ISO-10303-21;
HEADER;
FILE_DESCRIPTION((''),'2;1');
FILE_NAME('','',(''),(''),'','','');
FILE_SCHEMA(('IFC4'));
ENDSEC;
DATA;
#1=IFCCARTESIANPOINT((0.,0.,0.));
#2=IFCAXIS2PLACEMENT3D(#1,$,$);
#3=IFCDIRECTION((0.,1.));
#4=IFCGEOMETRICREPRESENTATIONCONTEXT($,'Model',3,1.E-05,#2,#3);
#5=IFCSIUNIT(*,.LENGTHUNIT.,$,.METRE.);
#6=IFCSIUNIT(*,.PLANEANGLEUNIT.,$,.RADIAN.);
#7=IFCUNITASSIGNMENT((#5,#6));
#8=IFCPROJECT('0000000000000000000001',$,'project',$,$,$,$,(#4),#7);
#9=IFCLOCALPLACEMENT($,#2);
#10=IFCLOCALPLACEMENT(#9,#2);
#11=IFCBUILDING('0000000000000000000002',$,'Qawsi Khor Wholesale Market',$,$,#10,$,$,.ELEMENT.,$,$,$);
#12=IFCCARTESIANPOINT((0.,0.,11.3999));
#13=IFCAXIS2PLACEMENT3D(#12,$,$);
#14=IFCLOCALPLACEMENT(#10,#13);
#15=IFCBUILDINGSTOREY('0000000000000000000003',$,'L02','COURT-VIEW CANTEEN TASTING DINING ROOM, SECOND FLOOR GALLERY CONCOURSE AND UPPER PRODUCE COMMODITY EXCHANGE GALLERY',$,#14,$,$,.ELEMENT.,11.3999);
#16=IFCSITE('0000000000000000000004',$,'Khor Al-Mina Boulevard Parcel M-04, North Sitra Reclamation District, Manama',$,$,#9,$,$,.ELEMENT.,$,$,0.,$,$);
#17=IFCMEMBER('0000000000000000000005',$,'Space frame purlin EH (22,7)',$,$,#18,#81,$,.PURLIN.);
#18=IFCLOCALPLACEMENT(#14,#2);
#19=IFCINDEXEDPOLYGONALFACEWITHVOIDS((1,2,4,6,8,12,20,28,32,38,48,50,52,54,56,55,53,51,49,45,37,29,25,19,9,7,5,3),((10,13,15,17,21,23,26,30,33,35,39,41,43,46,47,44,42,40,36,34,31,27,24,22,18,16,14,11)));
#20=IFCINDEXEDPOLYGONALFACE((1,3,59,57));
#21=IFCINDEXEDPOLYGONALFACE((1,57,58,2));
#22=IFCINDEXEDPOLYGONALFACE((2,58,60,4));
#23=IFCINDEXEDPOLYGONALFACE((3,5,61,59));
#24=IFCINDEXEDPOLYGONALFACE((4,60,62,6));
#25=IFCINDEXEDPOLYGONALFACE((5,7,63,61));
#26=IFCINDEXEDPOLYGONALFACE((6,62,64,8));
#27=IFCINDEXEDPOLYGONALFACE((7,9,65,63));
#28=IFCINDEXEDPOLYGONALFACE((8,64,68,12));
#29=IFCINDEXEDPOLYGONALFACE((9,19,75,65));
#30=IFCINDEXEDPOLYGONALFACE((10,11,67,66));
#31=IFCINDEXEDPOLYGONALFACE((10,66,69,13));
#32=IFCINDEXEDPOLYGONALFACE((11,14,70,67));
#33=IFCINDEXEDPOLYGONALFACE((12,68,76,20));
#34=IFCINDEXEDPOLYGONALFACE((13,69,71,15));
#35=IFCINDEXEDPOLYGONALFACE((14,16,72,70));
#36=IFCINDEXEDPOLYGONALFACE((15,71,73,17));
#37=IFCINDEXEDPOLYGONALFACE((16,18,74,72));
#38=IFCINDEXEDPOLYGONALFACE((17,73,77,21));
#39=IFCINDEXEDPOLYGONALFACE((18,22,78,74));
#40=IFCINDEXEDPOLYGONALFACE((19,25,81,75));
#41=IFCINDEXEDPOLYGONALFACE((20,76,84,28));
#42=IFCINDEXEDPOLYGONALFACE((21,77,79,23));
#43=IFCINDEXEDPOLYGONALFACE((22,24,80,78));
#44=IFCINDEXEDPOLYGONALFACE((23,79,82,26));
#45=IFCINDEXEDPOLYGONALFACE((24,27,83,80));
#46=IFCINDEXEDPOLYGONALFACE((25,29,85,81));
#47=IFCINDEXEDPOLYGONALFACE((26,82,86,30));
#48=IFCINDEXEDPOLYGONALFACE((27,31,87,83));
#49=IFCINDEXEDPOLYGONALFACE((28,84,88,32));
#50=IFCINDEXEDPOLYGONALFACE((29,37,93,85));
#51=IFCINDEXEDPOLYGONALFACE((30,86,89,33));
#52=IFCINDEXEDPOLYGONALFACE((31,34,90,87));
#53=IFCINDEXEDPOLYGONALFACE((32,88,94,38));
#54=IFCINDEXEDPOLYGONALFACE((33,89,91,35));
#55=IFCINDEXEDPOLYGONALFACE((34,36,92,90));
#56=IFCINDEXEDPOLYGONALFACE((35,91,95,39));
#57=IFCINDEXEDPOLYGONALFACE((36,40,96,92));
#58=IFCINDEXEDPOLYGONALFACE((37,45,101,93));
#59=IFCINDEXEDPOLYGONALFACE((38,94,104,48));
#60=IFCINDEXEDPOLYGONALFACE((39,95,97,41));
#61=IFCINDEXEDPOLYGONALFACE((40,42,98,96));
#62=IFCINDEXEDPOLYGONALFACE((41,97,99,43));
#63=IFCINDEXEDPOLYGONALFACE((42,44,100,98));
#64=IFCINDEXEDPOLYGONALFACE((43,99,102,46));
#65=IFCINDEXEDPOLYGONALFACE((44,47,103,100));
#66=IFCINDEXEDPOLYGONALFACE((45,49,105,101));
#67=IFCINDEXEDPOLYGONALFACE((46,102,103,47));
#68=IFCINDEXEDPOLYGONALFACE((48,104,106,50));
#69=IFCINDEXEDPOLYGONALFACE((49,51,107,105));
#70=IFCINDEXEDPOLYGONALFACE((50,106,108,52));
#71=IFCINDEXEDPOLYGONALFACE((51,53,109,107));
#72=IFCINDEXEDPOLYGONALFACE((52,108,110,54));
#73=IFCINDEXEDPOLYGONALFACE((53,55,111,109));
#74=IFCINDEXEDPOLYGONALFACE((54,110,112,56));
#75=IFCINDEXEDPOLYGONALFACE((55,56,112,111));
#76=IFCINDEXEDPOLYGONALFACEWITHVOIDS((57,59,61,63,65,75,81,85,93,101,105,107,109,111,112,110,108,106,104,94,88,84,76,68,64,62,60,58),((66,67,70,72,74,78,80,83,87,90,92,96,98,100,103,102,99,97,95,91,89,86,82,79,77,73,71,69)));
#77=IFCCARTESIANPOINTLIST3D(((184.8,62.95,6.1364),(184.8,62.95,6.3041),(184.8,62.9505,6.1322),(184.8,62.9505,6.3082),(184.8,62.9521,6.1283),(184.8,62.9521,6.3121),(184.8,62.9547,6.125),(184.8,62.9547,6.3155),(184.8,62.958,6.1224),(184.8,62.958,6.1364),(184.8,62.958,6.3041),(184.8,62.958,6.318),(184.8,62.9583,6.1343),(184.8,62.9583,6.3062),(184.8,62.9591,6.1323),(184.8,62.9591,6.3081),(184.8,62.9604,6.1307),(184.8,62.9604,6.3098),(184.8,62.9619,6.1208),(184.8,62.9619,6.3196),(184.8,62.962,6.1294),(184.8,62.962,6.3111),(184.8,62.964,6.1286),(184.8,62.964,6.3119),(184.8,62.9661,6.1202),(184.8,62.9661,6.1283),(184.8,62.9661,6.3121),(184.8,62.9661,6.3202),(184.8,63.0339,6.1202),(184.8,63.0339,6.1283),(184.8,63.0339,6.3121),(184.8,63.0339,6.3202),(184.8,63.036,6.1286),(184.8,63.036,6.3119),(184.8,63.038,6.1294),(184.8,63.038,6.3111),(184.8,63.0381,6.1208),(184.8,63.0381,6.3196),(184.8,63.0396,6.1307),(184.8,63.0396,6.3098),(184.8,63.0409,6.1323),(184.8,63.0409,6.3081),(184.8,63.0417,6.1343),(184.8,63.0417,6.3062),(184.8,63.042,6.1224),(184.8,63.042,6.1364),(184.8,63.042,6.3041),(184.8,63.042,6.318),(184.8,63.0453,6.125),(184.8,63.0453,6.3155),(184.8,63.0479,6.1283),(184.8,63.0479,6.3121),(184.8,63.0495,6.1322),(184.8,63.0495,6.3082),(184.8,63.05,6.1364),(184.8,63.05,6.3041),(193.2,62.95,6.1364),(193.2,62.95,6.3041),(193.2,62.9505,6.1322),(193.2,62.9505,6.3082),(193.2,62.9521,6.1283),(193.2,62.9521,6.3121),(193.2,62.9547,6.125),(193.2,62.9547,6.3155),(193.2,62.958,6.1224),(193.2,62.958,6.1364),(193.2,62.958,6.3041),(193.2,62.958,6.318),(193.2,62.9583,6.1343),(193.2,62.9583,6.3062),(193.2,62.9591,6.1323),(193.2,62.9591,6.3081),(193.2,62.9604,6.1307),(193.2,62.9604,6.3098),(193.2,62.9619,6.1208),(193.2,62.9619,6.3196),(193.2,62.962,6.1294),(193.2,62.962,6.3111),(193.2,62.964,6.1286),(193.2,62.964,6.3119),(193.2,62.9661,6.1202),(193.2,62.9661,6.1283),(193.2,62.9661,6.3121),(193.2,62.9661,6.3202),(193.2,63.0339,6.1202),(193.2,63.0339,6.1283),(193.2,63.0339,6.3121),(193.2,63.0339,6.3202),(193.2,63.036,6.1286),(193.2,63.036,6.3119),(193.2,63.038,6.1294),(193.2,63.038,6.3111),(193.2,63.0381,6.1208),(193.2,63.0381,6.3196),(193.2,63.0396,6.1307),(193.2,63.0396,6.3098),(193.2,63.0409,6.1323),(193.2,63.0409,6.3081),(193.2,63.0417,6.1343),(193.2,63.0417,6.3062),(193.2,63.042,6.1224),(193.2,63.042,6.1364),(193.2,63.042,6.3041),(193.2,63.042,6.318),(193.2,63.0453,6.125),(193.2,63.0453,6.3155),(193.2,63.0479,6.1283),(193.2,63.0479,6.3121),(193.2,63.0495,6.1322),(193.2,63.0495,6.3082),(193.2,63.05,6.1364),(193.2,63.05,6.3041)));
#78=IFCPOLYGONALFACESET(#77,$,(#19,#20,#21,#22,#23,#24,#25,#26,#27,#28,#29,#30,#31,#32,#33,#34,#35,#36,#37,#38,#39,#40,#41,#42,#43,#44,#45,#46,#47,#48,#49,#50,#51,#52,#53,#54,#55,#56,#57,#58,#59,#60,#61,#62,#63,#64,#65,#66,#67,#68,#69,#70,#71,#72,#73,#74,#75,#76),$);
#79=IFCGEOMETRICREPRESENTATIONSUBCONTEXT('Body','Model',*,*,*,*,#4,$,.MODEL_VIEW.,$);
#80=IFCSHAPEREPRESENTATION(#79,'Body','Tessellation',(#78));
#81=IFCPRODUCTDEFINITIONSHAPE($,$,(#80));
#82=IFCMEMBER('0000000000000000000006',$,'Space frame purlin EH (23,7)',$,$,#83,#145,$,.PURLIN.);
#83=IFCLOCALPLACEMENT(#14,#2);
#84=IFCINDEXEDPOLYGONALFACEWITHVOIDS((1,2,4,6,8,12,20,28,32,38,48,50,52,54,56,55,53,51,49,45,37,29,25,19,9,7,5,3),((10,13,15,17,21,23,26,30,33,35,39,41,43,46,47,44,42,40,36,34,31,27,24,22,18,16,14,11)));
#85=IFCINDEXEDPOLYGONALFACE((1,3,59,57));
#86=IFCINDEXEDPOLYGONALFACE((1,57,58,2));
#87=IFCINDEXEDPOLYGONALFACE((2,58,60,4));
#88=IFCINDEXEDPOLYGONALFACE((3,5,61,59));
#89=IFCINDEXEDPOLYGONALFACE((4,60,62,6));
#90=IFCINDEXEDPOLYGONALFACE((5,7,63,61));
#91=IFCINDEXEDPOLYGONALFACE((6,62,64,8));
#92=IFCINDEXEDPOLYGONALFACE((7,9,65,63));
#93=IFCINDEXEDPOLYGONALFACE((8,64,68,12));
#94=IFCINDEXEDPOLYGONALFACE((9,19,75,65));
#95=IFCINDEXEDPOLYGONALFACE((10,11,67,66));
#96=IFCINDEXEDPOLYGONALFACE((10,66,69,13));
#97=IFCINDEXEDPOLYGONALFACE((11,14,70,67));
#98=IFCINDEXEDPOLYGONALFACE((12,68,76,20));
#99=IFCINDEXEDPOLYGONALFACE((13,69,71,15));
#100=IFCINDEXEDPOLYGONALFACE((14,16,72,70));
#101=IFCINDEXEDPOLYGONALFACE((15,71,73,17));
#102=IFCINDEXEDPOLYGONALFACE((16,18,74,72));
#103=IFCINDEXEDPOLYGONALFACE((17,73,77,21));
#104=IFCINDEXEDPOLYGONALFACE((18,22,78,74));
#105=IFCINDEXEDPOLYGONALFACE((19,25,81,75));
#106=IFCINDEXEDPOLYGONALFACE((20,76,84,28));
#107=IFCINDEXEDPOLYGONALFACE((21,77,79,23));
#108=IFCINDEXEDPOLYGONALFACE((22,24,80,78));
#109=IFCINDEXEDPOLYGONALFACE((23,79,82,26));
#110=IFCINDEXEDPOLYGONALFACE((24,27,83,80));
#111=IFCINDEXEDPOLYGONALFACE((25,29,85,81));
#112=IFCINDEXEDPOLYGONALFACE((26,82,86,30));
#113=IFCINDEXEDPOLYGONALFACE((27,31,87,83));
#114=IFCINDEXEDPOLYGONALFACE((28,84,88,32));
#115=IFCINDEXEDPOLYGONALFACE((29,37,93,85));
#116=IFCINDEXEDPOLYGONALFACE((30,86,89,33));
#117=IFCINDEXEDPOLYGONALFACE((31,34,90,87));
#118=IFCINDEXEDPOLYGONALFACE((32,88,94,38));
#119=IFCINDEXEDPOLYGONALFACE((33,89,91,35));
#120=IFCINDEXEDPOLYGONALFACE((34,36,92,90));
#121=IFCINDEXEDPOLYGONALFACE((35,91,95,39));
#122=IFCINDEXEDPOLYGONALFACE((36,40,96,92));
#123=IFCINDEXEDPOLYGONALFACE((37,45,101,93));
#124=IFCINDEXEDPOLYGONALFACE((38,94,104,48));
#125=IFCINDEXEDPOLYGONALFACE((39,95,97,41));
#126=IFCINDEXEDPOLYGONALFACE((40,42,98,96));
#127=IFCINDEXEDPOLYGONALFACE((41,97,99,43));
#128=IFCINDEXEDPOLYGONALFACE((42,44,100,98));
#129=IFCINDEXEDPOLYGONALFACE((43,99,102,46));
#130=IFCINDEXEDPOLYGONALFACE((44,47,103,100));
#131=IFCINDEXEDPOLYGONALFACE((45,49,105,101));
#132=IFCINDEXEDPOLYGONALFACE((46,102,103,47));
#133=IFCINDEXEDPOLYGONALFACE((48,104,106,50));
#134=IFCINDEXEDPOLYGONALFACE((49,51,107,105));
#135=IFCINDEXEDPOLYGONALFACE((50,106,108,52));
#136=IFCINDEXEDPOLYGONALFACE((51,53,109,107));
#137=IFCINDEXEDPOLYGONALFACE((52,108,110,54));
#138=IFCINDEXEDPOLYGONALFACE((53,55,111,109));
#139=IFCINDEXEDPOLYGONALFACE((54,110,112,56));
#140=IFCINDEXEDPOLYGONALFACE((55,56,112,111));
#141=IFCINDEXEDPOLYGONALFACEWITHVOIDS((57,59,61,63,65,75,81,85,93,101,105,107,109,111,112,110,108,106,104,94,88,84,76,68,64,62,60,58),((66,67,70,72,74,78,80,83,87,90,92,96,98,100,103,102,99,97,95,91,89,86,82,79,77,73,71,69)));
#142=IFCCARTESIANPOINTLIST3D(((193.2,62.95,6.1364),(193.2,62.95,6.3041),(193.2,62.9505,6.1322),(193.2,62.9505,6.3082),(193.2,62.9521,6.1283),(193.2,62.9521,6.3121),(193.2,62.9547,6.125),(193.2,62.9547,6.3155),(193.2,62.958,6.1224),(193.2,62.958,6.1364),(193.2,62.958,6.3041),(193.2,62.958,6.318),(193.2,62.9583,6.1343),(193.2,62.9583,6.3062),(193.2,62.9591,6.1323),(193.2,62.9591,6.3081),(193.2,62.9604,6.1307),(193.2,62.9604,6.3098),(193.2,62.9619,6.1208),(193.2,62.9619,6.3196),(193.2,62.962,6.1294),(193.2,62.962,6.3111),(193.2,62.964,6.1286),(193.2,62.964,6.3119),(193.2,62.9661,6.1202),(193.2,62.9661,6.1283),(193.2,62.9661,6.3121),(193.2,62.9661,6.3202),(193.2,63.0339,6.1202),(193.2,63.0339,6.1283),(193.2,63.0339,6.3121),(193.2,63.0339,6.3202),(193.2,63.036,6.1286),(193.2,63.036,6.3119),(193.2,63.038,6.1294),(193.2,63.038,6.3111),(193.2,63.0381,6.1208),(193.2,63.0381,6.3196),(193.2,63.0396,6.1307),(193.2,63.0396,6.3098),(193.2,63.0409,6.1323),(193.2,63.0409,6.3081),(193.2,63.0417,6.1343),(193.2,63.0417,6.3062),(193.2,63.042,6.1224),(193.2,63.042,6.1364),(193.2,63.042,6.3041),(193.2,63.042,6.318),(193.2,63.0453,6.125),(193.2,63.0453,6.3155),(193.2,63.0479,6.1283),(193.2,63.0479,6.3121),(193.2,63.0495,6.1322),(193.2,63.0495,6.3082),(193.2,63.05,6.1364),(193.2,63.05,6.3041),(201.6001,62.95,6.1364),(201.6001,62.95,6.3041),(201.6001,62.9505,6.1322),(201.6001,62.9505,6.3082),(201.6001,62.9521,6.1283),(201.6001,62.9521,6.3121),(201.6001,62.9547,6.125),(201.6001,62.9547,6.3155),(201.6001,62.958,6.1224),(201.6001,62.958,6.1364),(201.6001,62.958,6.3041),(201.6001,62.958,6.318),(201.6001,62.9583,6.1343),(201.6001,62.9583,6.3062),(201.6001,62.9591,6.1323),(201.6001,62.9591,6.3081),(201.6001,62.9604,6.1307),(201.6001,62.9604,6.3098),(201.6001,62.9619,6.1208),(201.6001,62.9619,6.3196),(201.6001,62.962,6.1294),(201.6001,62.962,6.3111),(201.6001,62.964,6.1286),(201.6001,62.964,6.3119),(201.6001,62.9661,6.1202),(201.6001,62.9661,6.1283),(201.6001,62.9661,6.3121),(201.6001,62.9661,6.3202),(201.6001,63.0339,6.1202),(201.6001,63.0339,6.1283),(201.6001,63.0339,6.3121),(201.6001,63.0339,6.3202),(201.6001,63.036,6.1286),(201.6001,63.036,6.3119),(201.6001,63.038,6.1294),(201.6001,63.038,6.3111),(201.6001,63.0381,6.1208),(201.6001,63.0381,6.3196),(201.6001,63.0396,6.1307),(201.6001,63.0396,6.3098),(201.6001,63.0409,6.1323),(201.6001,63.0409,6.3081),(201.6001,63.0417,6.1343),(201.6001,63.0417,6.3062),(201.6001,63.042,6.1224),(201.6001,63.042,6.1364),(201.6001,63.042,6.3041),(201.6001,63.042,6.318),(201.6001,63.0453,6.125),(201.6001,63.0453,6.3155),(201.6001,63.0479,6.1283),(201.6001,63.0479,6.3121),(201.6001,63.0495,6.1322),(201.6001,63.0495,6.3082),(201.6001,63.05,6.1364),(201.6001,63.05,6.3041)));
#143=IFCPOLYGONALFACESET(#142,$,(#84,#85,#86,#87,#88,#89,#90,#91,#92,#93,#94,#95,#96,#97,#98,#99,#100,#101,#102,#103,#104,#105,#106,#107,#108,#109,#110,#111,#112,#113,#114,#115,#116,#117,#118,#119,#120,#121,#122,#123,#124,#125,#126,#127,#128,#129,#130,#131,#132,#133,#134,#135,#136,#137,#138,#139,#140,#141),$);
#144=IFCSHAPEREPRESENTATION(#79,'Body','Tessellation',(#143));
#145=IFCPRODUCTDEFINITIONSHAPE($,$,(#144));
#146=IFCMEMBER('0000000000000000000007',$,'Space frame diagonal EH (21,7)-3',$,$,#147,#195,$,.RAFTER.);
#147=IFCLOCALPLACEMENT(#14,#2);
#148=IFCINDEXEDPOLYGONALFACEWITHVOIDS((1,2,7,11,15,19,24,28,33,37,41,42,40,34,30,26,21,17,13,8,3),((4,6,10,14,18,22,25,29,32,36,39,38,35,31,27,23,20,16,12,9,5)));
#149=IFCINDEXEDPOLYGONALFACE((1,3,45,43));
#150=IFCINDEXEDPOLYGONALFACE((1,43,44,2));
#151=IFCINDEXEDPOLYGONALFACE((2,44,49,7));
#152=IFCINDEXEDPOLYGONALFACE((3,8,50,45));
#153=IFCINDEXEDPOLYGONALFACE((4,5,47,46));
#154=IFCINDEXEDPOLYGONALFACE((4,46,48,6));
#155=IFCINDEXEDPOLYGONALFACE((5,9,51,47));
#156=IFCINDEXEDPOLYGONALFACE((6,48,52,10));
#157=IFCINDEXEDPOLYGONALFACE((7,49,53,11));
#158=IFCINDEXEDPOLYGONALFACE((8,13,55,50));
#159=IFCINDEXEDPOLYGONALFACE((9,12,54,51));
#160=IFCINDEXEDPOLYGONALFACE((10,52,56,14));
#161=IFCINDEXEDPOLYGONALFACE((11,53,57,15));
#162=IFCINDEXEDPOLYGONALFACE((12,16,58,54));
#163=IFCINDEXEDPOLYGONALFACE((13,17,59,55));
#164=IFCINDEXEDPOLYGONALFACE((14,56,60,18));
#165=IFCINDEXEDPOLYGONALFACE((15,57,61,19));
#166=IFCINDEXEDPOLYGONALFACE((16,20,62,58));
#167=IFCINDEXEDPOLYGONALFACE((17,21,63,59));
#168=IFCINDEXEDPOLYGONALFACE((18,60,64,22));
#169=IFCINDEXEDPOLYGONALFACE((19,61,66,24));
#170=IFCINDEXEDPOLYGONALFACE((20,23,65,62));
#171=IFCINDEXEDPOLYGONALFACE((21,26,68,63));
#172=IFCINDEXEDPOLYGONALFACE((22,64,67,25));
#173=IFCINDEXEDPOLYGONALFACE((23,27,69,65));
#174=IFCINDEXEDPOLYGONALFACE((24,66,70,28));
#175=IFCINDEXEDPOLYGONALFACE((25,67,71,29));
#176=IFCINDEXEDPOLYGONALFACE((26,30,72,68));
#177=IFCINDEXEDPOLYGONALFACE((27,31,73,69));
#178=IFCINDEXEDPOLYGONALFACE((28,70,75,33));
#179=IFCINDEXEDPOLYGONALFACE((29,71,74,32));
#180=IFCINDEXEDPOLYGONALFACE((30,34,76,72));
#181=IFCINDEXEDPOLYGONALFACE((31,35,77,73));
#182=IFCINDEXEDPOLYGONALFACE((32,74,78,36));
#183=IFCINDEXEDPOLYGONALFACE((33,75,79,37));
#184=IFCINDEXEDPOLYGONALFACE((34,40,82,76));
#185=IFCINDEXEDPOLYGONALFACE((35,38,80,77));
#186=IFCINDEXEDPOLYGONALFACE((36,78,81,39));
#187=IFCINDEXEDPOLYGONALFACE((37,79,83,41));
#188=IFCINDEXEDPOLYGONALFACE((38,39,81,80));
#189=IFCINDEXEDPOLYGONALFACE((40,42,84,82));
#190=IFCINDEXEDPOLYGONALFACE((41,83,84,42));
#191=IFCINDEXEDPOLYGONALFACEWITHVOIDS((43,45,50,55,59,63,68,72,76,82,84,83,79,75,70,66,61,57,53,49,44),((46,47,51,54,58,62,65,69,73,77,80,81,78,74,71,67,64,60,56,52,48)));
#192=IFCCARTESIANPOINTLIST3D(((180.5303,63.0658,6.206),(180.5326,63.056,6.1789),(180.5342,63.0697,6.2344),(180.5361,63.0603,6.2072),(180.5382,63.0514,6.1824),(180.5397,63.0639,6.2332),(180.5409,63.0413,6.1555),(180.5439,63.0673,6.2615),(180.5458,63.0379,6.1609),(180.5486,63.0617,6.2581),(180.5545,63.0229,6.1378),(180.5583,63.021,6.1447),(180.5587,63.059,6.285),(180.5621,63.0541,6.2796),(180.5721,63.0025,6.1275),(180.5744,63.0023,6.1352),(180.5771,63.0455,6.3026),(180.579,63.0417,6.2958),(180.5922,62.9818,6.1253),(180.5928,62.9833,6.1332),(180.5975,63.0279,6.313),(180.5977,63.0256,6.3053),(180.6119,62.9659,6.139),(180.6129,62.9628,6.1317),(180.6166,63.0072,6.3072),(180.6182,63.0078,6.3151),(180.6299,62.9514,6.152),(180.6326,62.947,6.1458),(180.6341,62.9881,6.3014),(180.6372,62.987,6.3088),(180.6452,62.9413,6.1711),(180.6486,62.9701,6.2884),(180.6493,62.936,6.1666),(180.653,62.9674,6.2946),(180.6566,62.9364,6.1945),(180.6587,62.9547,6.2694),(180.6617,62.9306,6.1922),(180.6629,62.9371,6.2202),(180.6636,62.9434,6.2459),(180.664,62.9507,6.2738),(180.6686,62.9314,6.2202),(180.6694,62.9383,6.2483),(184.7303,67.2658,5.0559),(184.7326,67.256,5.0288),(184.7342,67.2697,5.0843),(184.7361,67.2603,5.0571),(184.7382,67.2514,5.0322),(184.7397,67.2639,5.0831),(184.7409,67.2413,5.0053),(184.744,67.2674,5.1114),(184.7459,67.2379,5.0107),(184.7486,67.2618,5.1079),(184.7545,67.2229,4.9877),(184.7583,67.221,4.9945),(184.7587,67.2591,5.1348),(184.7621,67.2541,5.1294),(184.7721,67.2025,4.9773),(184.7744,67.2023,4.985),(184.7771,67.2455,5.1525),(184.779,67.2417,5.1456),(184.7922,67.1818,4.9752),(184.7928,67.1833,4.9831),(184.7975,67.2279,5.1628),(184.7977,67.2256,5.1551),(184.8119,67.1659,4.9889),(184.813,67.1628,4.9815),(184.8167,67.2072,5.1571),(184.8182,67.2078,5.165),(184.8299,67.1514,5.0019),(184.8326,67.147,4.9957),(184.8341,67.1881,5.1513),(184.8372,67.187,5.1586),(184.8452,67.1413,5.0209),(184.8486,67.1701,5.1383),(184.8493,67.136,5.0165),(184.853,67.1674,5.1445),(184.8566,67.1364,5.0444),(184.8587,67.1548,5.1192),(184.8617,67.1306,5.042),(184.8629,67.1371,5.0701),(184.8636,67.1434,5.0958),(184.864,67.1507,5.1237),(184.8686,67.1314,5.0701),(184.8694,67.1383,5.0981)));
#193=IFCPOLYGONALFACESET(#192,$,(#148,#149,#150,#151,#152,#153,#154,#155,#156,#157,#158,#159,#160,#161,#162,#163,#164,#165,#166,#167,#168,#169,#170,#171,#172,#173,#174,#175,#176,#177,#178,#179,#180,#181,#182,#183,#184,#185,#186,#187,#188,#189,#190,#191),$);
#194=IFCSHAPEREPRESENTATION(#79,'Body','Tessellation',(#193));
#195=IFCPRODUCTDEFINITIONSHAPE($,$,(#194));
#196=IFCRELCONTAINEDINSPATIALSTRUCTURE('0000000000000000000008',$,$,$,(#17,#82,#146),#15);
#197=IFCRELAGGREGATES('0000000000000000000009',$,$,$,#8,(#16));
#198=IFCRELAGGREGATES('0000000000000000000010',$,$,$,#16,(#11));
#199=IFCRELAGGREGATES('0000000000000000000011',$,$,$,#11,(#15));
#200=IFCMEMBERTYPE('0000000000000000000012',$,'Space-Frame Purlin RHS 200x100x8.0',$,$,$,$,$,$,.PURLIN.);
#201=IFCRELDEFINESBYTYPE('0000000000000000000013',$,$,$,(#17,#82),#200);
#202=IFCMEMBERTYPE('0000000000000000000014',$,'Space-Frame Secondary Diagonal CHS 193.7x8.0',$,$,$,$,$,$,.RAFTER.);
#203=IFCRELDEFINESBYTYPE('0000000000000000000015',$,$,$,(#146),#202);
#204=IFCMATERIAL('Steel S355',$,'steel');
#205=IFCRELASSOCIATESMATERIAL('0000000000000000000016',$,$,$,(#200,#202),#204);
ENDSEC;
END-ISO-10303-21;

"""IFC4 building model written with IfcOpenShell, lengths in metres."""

from ifc_helpers import new_model, si_unit, direction, frame, origin, origin_2d, place, context, subcontext, project, spatial, hollow_rectangle, hollow_circle, extrude, material, material_profile, profile_set, type_object, element, save


model = new_model("IFC4")

# Units and contexts
model_context = context("Model", 3, precision=1e-05, world=origin(), true_north=direction((0.0, 1.0)))
body_context = subcontext(model_context, "Body", "Model", "MODEL_VIEW")
ifc_project = project(units=[si_unit("LENGTHUNIT", "METRE"), si_unit("PLANEANGLEUNIT", "RADIAN")], contexts=[model_context])

# Site, building, storey
site_placement = place(None, origin())
site = spatial("IfcSite", under=ifc_project, at=site_placement, Name="Khor Al-Mina Boulevard Parcel M-04, North Sitra Reclamation District, Manama", CompositionType="ELEMENT", RefElevation=0.0)
building_placement = place(site_placement, origin())
building = spatial("IfcBuilding", under=site, at=building_placement, Name="Qawsi Khor Wholesale Market", CompositionType="ELEMENT")
storey_placement = place(building_placement, frame((0.0, 0.0, 11.3999)))
storey = spatial("IfcBuildingStorey", under=building, at=storey_placement, Name="L02", Description="COURT-VIEW CANTEEN TASTING DINING ROOM, SECOND FLOOR GALLERY CONCOURSE AND UPPER PRODUCE COMMODITY EXCHANGE GALLERY", CompositionType="ELEMENT", Elevation=11.3999)

# Members
ifc_material_1 = material(Name="Steel S355", Category="steel")
ifc_material_profile_1 = material_profile(ifc_material_1, hollow_rectangle(XDim=0.1001, YDim=0.2, WallThickness=0.0081, InnerFilletRadius=0.0081, OuterFilletRadius=0.0161, at=origin_2d()), Name="RHS 200x100x8.0")
ifc_profile_set_1 = profile_set([ifc_material_profile_1], Name="Steel S355")
member_type_1 = type_object("IfcMemberType", Name="Space-Frame Purlin RHS 200x100x8.0", PredefinedType="PURLIN", material=ifc_profile_set_1)
member_1_placement = place(storey_placement, frame((184.8, 63.0, 6.2202), z_axis=(1.0, 0.0, 0.0), x_axis=(0.0, 1.0, 0.0)))
element("IfcMember", 1, at=member_1_placement, inside=storey, type_object=member_type_1, Name="Space frame purlin EH (22,7)", PredefinedType="PURLIN", context=body_context, shape_type="SweptSolid", body=[
    extrude(hollow_rectangle(XDim=0.1001, YDim=0.2, WallThickness=0.0081, InnerFilletRadius=0.0081, OuterFilletRadius=0.0161, at=origin_2d()), origin(), (0.0, 0.0, 1.0), 8.3999),
])
member_2_placement = place(storey_placement, frame((193.2, 63.0, 6.2202), z_axis=(1.0, 0.0, 0.0), x_axis=(0.0, 1.0, 0.0)))
element("IfcMember", 2, at=member_2_placement, inside=storey, type_object=member_type_1, Name="Space frame purlin EH (23,7)", PredefinedType="PURLIN", context=body_context, shape_type="SweptSolid", body=[
    extrude(hollow_rectangle(XDim=0.1001, YDim=0.2, WallThickness=0.0081, InnerFilletRadius=0.0081, OuterFilletRadius=0.0161, at=origin_2d()), origin(), (0.0, 0.0, 1.0), 8.4001),
])
ifc_material_profile_2 = material_profile(ifc_material_1, hollow_circle(Radius=0.0969, WallThickness=0.0081, at=origin_2d()), Name="CHS 193.7x8.0")
ifc_profile_set_2 = profile_set([ifc_material_profile_2], Name="Steel S355")
member_type_2 = type_object("IfcMemberType", Name="Space-Frame Secondary Diagonal CHS 193.7x8.0", PredefinedType="RAFTER", material=ifc_profile_set_2)
member_3_placement = place(storey_placement, frame((184.8, 67.2, 5.0701), z_axis=(-0.694211, -0.694211, 0.190108), x_axis=(0.707107, -0.707107, 0.0)))
element("IfcMember", 3, at=member_3_placement, inside=storey, type_object=member_type_2, Name="Space frame diagonal EH (21,7)-3", PredefinedType="RAFTER", context=body_context, shape_type="SweptSolid", body=[
    extrude(hollow_circle(Radius=0.0969, WallThickness=0.0081, at=origin_2d()), origin(), (0.0, 0.0, 1.0), 6.05),
])

save(model, "model.ifc")
